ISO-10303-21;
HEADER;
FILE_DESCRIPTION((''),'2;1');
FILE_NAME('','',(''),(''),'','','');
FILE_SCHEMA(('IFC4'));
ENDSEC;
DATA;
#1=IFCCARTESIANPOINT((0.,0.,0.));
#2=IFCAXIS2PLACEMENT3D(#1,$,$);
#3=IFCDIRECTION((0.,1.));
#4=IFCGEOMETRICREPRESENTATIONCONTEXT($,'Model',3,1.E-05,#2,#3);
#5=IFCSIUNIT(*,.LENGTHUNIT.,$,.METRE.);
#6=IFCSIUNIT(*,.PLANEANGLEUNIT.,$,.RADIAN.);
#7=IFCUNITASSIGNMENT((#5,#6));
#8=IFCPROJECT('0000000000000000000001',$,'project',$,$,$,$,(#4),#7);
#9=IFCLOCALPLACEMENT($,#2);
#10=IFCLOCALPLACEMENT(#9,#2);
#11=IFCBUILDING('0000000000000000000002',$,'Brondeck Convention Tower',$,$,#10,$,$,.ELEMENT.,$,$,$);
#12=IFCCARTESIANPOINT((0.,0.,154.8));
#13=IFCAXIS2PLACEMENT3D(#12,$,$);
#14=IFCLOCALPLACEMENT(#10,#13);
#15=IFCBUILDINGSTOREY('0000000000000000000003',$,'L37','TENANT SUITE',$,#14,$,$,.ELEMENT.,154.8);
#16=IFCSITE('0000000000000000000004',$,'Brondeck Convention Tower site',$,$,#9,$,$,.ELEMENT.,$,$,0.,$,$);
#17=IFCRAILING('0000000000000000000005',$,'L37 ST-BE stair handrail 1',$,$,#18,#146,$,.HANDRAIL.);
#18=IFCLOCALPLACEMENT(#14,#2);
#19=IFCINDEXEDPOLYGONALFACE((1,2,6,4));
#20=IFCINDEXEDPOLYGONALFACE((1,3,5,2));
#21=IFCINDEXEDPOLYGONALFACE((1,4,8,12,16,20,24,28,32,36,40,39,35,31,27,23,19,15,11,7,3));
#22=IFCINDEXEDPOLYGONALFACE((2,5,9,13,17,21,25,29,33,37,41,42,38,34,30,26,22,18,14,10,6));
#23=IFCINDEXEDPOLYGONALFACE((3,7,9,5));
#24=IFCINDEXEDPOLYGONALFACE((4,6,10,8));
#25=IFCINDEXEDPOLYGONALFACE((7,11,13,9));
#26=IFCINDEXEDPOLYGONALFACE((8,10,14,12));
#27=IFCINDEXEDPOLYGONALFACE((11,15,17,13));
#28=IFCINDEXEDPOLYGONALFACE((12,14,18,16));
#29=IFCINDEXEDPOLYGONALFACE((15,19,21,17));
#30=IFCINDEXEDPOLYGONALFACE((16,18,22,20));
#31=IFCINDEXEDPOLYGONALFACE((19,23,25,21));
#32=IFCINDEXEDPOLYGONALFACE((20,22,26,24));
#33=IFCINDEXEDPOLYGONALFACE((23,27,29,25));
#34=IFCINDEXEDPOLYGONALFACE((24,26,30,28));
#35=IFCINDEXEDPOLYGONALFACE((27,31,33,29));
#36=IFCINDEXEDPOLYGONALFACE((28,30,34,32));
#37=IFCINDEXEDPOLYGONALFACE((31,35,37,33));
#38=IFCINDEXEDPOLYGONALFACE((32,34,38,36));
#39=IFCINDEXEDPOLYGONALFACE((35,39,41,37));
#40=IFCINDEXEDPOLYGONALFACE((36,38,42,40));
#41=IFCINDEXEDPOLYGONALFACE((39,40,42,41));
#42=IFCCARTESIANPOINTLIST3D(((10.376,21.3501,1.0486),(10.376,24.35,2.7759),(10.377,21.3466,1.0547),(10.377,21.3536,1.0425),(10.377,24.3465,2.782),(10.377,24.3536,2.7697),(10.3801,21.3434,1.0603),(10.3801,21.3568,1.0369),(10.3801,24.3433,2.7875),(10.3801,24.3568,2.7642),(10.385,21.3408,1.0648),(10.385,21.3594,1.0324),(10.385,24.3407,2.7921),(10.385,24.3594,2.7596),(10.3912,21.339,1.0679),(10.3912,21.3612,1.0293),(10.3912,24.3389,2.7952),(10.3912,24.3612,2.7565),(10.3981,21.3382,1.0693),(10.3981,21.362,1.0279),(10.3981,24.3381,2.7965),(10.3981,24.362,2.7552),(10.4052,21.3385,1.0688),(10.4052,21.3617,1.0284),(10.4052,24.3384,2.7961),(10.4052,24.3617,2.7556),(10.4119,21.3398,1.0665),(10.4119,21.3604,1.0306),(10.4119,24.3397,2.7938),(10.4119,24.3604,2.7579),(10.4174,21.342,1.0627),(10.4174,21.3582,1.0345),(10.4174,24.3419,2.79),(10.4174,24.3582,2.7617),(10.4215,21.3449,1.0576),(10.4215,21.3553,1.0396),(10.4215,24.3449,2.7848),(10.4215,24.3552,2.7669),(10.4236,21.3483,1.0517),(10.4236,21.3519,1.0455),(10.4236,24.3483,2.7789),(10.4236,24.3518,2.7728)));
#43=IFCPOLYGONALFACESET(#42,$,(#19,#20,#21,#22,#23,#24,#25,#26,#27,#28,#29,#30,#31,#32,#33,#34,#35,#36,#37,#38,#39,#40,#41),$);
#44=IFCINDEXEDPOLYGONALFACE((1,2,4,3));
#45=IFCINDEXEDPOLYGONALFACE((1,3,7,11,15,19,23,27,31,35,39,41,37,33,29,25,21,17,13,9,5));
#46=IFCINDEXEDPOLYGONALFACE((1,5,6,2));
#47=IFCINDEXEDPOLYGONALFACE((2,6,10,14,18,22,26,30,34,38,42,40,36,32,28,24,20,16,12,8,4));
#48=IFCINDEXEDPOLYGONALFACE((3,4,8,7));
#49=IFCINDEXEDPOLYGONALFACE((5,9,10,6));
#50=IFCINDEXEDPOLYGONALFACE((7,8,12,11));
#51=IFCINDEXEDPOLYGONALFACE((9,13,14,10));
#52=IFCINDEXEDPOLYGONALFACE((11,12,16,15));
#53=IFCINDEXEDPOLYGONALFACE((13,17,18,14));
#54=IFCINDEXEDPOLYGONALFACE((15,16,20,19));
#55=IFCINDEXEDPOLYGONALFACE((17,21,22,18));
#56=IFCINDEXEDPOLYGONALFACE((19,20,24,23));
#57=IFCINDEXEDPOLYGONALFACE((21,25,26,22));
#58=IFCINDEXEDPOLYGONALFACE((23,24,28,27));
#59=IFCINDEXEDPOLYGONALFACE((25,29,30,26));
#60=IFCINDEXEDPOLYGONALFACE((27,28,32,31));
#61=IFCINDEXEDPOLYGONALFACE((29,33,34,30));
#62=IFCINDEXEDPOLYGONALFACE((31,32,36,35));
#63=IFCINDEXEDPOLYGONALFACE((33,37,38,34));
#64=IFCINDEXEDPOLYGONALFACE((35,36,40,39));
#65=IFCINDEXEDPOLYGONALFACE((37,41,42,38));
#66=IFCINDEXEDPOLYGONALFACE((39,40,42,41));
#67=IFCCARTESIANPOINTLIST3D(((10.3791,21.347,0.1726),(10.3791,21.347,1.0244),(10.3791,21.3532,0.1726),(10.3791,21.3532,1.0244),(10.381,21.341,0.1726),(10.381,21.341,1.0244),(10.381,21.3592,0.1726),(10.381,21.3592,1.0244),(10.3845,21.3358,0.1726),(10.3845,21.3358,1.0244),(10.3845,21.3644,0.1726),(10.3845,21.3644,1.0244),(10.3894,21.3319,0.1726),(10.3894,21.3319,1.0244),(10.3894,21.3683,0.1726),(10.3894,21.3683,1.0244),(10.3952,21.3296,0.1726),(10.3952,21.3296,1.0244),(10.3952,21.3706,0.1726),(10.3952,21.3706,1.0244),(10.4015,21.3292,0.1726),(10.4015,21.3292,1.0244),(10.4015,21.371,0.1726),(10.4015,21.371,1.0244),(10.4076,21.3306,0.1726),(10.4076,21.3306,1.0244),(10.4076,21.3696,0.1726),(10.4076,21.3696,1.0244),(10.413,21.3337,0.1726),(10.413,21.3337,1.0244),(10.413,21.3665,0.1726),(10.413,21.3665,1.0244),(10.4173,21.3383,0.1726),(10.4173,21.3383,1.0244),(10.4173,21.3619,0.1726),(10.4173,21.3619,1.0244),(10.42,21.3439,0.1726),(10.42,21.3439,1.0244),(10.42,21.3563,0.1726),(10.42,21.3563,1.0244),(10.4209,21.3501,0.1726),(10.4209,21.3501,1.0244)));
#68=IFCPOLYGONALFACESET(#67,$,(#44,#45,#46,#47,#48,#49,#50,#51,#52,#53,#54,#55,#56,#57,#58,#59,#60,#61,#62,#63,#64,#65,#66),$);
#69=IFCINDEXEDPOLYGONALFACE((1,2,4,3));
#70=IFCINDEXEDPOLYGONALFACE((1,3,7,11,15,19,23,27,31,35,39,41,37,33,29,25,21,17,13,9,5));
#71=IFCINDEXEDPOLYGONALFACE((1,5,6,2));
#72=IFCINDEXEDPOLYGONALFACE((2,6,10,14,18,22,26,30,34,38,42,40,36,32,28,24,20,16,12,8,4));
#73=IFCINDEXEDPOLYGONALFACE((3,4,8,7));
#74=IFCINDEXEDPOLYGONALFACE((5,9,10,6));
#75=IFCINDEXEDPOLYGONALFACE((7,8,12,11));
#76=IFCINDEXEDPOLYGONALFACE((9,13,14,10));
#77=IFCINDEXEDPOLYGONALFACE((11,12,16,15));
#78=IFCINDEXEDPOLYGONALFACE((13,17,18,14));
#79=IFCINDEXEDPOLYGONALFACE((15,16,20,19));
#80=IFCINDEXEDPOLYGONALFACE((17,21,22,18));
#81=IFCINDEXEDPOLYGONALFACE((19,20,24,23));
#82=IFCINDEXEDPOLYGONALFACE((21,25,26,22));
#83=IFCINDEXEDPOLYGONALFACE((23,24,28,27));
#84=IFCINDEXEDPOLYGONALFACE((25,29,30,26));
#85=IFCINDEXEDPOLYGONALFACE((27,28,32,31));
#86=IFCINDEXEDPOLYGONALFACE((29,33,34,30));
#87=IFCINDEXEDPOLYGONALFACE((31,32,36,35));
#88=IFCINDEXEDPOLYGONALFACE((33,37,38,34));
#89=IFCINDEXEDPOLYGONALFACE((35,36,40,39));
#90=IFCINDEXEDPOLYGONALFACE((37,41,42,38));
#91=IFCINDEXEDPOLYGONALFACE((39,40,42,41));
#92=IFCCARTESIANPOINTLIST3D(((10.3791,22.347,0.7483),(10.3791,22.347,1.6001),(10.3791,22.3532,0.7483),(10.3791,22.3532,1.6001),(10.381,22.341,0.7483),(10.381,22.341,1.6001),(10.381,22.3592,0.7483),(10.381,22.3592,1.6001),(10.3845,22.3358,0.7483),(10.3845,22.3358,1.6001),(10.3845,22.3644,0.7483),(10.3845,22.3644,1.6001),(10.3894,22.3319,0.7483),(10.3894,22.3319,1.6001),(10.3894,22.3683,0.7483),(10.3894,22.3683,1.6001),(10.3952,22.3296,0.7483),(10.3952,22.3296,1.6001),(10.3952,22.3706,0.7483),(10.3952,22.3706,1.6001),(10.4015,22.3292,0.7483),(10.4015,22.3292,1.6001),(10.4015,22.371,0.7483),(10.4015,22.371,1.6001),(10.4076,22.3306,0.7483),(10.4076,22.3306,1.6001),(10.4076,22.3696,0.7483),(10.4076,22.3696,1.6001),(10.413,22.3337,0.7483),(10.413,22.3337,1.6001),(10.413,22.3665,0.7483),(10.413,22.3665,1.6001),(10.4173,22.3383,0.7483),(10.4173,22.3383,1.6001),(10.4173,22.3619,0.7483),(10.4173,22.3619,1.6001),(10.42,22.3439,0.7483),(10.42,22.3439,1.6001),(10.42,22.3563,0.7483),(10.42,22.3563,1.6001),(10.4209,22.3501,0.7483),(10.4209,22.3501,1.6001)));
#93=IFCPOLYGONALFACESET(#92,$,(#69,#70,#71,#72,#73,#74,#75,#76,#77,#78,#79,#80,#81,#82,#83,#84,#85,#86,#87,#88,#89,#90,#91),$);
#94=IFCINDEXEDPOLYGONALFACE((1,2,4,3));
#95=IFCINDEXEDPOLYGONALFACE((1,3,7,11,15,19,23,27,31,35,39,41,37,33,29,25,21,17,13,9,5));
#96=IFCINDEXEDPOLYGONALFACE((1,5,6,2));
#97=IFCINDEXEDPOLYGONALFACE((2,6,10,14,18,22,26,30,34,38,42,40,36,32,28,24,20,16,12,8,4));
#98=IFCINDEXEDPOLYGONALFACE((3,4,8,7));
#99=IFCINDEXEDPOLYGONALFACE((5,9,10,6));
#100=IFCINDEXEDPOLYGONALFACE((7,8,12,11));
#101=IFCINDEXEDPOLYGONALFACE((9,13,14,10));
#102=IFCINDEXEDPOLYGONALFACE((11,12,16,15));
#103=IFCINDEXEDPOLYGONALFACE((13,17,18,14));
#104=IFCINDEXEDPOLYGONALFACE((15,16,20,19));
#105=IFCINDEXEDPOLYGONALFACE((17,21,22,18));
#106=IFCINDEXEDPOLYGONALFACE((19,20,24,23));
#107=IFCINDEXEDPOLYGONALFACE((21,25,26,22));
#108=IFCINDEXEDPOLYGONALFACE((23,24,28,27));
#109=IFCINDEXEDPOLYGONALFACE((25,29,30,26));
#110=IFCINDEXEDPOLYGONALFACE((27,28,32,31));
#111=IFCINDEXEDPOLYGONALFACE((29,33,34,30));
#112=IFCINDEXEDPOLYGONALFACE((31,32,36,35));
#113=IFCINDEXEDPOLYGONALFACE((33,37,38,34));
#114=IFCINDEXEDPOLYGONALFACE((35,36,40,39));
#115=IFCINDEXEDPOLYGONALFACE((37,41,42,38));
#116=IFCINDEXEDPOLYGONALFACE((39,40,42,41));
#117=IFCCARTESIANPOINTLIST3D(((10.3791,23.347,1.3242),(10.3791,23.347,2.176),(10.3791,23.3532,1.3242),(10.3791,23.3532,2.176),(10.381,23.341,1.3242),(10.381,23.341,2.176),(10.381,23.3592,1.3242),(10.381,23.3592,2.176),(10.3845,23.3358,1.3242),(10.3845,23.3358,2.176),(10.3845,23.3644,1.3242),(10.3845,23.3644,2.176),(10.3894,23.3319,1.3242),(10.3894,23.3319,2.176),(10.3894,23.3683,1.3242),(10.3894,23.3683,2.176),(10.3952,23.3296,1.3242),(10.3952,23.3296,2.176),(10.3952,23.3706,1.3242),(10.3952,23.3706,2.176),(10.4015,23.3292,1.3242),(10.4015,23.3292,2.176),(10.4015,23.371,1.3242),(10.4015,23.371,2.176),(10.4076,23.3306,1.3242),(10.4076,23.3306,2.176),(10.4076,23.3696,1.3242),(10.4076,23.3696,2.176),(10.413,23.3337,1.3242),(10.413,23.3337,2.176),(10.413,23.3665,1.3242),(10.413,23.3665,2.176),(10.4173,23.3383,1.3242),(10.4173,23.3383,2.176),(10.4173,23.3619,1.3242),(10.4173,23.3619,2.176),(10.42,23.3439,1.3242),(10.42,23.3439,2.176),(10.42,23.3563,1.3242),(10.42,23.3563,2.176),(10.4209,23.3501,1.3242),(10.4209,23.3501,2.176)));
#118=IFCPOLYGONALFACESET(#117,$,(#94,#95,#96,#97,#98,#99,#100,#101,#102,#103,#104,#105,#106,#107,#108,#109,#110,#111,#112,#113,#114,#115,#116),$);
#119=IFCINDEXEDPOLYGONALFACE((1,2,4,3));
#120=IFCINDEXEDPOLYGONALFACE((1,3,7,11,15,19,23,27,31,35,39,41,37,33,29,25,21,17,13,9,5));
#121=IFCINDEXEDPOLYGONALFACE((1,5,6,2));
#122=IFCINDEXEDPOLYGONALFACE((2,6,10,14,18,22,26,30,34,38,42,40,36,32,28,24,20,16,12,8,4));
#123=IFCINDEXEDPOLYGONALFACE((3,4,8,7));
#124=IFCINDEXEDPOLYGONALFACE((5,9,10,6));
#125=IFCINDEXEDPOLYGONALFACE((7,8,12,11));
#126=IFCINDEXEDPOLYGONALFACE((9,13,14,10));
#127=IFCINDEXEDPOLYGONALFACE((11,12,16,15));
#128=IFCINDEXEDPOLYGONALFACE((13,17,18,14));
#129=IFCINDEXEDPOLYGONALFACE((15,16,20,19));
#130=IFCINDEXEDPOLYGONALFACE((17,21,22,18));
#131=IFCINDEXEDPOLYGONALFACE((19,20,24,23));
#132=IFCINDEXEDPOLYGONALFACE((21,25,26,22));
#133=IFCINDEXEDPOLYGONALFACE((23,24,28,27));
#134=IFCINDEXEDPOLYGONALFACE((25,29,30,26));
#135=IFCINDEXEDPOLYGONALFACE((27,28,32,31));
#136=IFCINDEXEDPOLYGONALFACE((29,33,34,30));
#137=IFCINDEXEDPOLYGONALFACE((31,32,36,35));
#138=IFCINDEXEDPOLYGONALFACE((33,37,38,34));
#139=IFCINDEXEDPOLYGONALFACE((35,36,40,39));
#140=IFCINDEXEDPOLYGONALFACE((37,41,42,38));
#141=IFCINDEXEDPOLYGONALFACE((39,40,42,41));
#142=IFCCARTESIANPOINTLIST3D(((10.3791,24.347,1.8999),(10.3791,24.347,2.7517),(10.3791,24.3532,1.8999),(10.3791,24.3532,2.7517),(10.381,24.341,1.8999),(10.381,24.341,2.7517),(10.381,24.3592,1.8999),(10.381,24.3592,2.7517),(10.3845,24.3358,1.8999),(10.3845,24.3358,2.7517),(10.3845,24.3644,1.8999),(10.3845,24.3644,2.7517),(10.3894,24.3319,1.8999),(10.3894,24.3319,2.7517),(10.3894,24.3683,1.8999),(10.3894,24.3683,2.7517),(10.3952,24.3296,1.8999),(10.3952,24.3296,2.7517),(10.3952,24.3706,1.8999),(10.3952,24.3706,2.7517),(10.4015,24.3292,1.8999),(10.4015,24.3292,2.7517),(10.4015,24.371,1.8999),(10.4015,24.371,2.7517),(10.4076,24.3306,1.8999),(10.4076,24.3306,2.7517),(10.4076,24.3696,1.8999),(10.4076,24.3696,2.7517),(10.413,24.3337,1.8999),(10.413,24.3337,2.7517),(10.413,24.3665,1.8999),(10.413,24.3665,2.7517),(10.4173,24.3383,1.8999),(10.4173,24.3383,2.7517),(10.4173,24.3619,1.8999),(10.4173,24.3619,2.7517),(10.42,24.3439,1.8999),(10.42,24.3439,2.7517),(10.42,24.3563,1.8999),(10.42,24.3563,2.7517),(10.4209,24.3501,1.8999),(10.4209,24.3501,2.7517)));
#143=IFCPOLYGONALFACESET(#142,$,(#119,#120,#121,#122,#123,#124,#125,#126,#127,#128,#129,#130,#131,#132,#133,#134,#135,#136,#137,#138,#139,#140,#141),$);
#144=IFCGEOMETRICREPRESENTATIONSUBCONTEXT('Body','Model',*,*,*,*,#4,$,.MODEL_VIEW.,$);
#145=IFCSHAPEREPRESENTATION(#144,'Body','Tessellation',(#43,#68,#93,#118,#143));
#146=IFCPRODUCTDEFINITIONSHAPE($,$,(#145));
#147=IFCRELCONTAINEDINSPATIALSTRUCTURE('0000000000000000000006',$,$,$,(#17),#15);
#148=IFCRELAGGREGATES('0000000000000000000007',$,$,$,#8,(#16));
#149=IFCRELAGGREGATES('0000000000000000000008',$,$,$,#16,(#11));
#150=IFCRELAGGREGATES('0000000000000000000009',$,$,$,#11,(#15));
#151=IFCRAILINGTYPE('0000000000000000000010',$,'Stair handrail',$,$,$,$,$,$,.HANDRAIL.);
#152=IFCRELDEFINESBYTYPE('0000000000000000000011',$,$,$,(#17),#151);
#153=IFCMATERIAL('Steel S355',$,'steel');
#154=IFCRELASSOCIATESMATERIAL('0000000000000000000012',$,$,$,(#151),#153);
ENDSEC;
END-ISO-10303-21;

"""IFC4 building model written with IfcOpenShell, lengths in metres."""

from ifc_helpers import new_model, si_unit, direction, frame, origin, origin_2d, place, context, subcontext, project, spatial, circle, extrude, material, type_object, element, save


model = new_model("IFC4")

# Units and contexts
model_context = context("Model", 3, precision=1e-05, world=origin(), true_north=direction((0.0, 1.0)))
body_context = subcontext(model_context, "Body", "Model", "MODEL_VIEW")
ifc_project = project(units=[si_unit("LENGTHUNIT", "METRE"), si_unit("PLANEANGLEUNIT", "RADIAN")], contexts=[model_context])

# Site, building, storey
site_placement = place(None, origin())
site = spatial("IfcSite", under=ifc_project, at=site_placement, Name="Brondeck Convention Tower site", CompositionType="ELEMENT", RefElevation=0.0)
building_placement = place(site_placement, origin())
building = spatial("IfcBuilding", under=site, at=building_placement, Name="Brondeck Convention Tower", CompositionType="ELEMENT")
storey_placement = place(building_placement, frame((0.0, 0.0, 154.8)))
storey = spatial("IfcBuildingStorey", under=building, at=storey_placement, Name="L37", Description="TENANT SUITE", CompositionType="ELEMENT", Elevation=154.8)

# Shared definitions
ifc_material_1 = material(Name="Steel S355", Category="steel")

# Railing
railing_type = type_object("IfcRailingType", Name="Stair handrail", PredefinedType="HANDRAIL", material=ifc_material_1)
railing_placement = place(storey_placement, frame((10.3999, 21.3501, 0.1726)))
element("IfcRailing", 1, at=railing_placement, inside=storey, type_object=railing_type, Name="L37 ST-BE stair handrail 1", PredefinedType="HANDRAIL", context=body_context, shape_type="SweptSolid", body=[
    extrude(circle(Radius=0.0239, at=origin_2d()), frame((0.0, 0.0, 0.876), z_axis=(0.0, 0.86662, 0.498969), x_axis=(-1.0, 0.0, 0.0)), (0.0, 0.0, 1.0), 3.4617),
    extrude(circle(Radius=0.021, at=origin_2d()), origin(), (0.0, 0.0, 1.0), 0.8518),
    extrude(circle(Radius=0.021, at=origin_2d()), frame((0.0, 1.0, 0.5757)), (0.0, 0.0, 1.0), 0.8518),
    extrude(circle(Radius=0.021, at=origin_2d()), frame((0.0, 2.0, 1.1516)), (0.0, 0.0, 1.0), 0.8518),
    extrude(circle(Radius=0.021, at=origin_2d()), frame((0.0, 3.0, 1.7273)), (0.0, 0.0, 1.0), 0.8518),
])

save(model, "model.ifc")
